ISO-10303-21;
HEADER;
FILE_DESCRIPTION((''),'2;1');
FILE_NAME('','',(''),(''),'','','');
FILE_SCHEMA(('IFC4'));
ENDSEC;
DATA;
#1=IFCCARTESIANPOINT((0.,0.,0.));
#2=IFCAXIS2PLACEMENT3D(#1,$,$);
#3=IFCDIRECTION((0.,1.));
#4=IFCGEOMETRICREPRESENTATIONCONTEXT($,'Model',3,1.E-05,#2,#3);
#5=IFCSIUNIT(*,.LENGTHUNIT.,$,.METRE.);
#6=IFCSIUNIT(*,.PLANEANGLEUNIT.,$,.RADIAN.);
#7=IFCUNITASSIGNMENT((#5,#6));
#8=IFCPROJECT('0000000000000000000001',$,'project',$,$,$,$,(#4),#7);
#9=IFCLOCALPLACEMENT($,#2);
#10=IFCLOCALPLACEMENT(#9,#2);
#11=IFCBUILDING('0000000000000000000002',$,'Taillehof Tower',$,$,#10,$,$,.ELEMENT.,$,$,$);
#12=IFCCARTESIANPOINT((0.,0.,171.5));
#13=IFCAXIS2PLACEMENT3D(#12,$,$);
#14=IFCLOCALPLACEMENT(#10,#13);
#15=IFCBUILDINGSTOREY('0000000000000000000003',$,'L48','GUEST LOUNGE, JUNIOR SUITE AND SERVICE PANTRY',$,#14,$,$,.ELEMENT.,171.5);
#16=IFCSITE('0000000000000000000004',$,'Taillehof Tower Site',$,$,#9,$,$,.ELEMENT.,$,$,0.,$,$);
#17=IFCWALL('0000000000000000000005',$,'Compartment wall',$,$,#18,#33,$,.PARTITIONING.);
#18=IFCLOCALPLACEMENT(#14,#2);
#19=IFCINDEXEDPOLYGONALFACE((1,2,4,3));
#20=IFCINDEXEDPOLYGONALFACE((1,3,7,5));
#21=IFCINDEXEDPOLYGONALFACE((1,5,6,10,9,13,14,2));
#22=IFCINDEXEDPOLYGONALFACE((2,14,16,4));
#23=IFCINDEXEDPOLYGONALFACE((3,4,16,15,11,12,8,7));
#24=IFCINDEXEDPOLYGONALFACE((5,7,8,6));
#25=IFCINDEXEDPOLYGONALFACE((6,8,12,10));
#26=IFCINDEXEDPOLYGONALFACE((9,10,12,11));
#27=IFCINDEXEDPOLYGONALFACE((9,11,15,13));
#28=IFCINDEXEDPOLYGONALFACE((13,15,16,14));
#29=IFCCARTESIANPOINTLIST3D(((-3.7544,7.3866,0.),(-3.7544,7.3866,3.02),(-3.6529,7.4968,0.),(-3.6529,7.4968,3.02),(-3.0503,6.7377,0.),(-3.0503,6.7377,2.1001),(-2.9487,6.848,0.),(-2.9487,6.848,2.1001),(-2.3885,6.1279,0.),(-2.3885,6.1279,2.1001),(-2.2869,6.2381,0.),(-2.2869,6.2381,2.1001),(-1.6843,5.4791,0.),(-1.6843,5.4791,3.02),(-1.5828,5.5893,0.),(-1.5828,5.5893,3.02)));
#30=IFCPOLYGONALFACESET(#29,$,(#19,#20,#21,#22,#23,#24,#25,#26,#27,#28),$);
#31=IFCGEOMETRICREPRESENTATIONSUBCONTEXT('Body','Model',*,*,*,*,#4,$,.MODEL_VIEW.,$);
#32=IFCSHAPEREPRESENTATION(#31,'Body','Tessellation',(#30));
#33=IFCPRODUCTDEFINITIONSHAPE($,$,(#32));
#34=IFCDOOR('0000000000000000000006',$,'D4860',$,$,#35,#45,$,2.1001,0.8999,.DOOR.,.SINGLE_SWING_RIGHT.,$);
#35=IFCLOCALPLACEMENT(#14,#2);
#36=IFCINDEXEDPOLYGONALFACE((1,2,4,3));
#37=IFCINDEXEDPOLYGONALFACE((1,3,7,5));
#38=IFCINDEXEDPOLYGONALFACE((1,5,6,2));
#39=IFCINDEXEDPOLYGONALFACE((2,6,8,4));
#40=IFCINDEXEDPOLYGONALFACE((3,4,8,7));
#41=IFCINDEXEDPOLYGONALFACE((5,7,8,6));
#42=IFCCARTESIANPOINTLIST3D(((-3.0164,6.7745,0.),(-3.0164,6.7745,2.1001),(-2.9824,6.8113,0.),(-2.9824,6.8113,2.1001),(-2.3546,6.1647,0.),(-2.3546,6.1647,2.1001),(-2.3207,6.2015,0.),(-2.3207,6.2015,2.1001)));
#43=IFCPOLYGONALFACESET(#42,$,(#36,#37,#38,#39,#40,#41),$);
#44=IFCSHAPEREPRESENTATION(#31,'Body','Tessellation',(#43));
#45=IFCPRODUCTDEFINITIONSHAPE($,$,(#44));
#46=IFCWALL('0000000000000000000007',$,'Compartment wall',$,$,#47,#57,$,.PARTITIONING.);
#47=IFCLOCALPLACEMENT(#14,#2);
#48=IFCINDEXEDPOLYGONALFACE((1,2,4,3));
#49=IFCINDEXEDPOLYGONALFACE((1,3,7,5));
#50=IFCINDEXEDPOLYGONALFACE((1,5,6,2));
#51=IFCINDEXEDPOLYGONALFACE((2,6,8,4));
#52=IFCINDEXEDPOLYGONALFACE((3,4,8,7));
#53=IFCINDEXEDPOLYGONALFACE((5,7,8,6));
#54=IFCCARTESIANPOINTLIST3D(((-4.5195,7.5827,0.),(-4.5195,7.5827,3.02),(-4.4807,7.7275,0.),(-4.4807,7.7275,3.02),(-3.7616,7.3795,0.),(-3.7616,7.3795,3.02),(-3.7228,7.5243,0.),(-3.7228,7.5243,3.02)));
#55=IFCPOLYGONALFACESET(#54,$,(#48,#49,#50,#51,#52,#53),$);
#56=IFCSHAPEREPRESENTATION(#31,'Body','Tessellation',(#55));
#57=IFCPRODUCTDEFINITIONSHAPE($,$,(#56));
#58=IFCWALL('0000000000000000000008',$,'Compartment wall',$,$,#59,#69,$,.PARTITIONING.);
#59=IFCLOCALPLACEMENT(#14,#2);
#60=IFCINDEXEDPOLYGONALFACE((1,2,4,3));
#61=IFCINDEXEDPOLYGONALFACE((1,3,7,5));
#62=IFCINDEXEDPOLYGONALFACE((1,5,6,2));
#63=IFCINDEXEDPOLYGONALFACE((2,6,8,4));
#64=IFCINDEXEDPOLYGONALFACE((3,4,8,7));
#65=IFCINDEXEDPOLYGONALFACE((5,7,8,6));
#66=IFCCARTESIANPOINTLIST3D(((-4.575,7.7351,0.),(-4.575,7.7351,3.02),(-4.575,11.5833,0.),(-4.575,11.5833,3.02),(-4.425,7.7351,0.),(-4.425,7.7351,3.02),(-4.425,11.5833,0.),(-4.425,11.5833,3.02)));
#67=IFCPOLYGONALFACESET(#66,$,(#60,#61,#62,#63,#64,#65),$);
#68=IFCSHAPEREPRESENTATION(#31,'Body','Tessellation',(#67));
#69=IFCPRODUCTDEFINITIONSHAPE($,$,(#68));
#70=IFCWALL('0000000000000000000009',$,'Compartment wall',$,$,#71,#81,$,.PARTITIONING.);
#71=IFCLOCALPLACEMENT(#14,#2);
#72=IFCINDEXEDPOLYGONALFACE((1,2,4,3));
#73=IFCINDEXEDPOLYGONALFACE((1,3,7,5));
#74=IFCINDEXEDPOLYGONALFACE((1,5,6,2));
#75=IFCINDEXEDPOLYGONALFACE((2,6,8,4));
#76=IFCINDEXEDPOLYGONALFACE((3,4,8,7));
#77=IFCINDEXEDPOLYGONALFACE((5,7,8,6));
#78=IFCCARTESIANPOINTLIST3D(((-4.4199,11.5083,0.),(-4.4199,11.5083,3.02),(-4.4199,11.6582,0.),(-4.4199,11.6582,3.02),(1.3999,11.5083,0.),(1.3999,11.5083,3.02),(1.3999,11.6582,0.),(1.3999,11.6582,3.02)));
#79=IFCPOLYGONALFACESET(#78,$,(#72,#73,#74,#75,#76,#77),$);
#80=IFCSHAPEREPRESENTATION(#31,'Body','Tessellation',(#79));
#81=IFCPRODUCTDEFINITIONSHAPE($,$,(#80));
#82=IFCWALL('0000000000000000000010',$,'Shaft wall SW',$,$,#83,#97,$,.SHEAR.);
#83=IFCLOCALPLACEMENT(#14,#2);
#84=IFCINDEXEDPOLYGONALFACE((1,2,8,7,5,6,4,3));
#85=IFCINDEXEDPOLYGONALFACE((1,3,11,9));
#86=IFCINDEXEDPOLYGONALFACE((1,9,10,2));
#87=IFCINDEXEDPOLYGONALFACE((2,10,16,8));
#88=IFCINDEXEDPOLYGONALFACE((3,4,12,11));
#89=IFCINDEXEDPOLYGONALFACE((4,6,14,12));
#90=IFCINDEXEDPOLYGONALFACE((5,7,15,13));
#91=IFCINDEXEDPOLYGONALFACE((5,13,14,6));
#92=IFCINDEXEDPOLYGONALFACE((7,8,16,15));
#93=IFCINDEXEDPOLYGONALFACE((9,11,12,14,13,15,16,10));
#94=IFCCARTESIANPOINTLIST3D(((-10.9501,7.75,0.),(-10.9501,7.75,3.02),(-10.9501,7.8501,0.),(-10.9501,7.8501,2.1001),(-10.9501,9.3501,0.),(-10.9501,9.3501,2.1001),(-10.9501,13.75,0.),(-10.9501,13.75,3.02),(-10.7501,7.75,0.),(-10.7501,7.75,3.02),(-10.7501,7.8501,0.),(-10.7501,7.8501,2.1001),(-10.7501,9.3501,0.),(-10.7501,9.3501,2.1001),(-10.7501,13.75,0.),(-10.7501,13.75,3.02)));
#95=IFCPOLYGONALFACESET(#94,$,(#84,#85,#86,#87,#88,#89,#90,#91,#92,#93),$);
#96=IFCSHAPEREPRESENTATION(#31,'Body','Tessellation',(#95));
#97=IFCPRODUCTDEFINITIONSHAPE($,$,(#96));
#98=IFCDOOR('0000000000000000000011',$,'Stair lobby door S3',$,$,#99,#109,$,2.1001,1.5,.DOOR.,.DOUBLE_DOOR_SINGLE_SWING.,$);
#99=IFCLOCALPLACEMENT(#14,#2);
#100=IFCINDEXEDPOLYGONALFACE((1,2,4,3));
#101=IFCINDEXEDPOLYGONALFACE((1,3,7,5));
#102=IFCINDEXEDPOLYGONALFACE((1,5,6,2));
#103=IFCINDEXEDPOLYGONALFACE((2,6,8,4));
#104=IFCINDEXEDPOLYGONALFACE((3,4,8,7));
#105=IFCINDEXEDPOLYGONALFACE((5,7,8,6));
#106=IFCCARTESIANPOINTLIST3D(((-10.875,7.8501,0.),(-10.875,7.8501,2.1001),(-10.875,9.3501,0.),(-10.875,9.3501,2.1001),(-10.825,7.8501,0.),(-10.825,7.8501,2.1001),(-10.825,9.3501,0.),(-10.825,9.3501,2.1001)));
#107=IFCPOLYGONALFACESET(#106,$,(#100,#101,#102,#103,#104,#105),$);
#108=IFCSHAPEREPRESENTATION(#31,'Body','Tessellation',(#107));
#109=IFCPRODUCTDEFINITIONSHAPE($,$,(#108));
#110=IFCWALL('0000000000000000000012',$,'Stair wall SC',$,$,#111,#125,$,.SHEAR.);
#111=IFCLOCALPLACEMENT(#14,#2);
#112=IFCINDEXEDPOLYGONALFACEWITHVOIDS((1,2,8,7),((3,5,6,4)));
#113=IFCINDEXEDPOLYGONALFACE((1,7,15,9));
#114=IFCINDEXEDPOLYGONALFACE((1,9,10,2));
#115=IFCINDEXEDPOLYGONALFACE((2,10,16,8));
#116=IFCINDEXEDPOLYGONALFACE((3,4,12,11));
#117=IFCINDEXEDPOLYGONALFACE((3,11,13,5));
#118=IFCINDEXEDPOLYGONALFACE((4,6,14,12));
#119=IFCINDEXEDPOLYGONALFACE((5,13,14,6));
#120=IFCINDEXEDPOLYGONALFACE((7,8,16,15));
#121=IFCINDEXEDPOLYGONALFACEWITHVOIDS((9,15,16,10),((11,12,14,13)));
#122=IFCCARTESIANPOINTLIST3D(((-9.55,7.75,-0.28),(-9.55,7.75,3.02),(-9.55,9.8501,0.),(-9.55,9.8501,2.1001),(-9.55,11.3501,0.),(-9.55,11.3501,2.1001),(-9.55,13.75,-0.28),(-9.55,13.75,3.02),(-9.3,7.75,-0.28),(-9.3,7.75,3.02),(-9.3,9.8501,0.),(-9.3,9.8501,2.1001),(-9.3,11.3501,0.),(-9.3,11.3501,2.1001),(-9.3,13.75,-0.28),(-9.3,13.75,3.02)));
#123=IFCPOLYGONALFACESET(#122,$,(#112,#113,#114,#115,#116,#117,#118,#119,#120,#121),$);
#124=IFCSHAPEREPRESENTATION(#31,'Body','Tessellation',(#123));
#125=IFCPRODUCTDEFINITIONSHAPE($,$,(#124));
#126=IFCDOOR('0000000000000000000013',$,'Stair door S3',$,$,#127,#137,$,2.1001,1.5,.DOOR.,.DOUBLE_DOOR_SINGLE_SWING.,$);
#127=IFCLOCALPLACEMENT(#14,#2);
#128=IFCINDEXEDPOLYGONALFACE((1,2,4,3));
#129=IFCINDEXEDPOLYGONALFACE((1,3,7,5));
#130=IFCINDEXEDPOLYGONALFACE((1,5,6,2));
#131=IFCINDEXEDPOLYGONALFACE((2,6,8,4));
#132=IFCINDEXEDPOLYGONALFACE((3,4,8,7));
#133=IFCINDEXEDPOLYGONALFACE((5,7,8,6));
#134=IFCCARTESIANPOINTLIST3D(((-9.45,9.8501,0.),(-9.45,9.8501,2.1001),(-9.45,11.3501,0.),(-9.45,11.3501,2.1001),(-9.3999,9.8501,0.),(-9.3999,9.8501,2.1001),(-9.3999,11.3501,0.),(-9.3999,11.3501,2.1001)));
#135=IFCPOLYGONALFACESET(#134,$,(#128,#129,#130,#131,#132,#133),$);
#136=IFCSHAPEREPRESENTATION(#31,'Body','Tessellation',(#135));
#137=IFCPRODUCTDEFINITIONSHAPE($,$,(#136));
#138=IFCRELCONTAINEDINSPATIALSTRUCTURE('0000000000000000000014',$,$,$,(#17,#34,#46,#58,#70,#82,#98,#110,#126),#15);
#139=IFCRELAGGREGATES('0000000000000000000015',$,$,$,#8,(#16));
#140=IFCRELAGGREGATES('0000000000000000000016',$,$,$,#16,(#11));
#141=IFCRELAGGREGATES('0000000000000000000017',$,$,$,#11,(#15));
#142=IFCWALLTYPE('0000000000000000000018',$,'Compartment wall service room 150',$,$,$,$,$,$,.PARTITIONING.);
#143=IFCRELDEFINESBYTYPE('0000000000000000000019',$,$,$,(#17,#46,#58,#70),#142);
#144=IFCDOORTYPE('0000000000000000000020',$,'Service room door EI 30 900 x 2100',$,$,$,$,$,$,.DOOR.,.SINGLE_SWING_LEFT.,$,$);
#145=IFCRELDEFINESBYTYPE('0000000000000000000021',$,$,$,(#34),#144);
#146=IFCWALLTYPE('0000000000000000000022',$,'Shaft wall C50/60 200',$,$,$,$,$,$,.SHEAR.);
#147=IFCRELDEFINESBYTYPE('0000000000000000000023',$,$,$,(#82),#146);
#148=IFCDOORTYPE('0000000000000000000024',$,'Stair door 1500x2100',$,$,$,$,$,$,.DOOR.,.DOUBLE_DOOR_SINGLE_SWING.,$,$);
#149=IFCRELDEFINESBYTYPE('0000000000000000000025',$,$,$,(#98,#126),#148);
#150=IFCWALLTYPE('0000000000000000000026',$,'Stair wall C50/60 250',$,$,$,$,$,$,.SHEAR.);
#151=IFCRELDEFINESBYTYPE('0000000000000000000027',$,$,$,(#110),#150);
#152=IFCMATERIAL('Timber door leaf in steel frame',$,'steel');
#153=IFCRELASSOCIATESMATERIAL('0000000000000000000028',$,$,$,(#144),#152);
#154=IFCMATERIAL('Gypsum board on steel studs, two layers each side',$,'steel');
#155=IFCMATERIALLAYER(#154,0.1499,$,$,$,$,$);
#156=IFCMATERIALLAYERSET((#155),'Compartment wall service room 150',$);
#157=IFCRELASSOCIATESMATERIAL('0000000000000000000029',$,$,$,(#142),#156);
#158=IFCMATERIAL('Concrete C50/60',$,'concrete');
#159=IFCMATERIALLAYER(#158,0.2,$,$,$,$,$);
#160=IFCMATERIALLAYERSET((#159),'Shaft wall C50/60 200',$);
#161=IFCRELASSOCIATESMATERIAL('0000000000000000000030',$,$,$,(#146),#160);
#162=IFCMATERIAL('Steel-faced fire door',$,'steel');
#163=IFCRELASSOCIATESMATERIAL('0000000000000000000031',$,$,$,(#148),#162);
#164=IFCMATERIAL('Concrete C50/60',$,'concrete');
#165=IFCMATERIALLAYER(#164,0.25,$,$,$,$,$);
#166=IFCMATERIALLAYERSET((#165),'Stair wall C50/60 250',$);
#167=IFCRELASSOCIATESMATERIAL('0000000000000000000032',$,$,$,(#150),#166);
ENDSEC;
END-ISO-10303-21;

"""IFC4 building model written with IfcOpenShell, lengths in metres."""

from ifc_helpers import new_model, si_unit, direction, frame, frame_2d, origin, place, context, subcontext, project, spatial, rectangle, extrude, material, layer, layer_set, type_object, element, fill, save


model = new_model("IFC4")

# Units and contexts
model_context = context("Model", 3, precision=1e-05, world=origin(), true_north=direction((0.0, 1.0)))
body_context = subcontext(model_context, "Body", "Model", "MODEL_VIEW")
ifc_project = project(units=[si_unit("LENGTHUNIT", "METRE"), si_unit("PLANEANGLEUNIT", "RADIAN")], contexts=[model_context])

# Site, building, storey
site_placement = place(None, origin())
site = spatial("IfcSite", under=ifc_project, at=site_placement, Name="Taillehof Tower Site", CompositionType="ELEMENT", RefElevation=0.0)
building_placement = place(site_placement, origin())
building = spatial("IfcBuilding", under=site, at=building_placement, Name="Taillehof Tower", CompositionType="ELEMENT")
storey_placement = place(building_placement, frame((0.0, 0.0, 171.5)))
storey = spatial("IfcBuildingStorey", under=building, at=storey_placement, Name="L48", Description="GUEST LOUNGE, JUNIOR SUITE AND SERVICE PANTRY", CompositionType="ELEMENT", Elevation=171.5)

# Shared definitions
ifc_material_1 = material(Name="Timber door leaf in steel frame", Category="steel")
door_type_1 = type_object("IfcDoorType", Name="Service room door EI 30 900 x 2100", OperationType="SINGLE_SWING_LEFT", PredefinedType="DOOR", material=ifc_material_1)

# Shared definitions
ifc_material_2 = material(Name="Gypsum board on steel studs, two layers each side", Category="steel")
ifc_layer_1 = layer(ifc_material_2, 0.1499)
ifc_layer_set_1 = layer_set([ifc_layer_1], Name="Compartment wall service room 150")
wall_type_1 = type_object("IfcWallType", Name="Compartment wall service room 150", PredefinedType="PARTITIONING", material=ifc_layer_set_1)

# Wall, opening, door
wall_1_placement = place(storey_placement, frame((-1.6335, 5.5342, 0.0), z_axis=(0.0, 0.0, 1.0), x_axis=(-0.735398, 0.677635, 0.0)))
wall_1 = element("IfcWall", 1, at=wall_1_placement, inside=storey, type_object=wall_type_1, Name="Compartment wall", PredefinedType="PARTITIONING", context=body_context, shape_type="SweptSolid", body=[
    extrude(rectangle(XDim=2.8149, YDim=0.1499, at=frame_2d((1.4075, 0.0))), origin(), (0.0, 0.0, 1.0), 3.02),
])
opening_1_placement = place(wall_1_placement, frame((0.9575, 0.0, 0.0)))
opening_1 = element("IfcOpeningElement", 2, at=opening_1_placement, cuts=wall_1, PredefinedType="OPENING", context=body_context, shape_type="SweptSolid", body=[
    extrude(rectangle(XDim=0.8999, YDim=2.1001, at=frame_2d((0.45, 1.05))), frame((0.0, 0.085, 0.0), z_axis=(0.0, -1.0, 0.0), x_axis=(1.0, 0.0, 0.0)), (0.0, 0.0, 1.0), 0.1699),
])
door_1_placement = place(opening_1_placement, origin())
door_1 = element("IfcDoor", 3, at=door_1_placement, inside=storey, type_object=door_type_1, Name="D4860", OperationType="SINGLE_SWING_RIGHT", OverallHeight=2.1001, OverallWidth=0.8999, PredefinedType="DOOR", context=body_context, shape_type="SweptSolid", body=[
    extrude(rectangle(XDim=0.8999, YDim=2.1001, at=frame_2d((0.45, 1.05))), frame((0.0, 0.0249, 0.0), z_axis=(0.0, -1.0, 0.0), x_axis=(1.0, 0.0, 0.0)), (0.0, 0.0, 1.0), 0.05),
])
fill(opening_1, door_1)

# Walls
wall_2_placement = place(storey_placement, frame((-3.7422, 7.4519, 0.0), z_axis=(0.0, 0.0, 1.0), x_axis=(-0.965904, 0.258902, 0.0)))
element("IfcWall", 4, at=wall_2_placement, inside=storey, type_object=wall_type_1, Name="Compartment wall", PredefinedType="PARTITIONING", context=body_context, shape_type="SweptSolid", body=[
    extrude(rectangle(XDim=0.7847, YDim=0.1499, at=frame_2d((0.3923, 0.0))), origin(), (0.0, 0.0, 1.0), 3.02),
])
wall_3_placement = place(storey_placement, frame((-4.5, 7.7351, 0.0), z_axis=(0.0, 0.0, 1.0), x_axis=(0.0, 1.0, 0.0)))
element("IfcWall", 5, at=wall_3_placement, inside=storey, type_object=wall_type_1, Name="Compartment wall", PredefinedType="PARTITIONING", context=body_context, shape_type="SweptSolid", body=[
    extrude(rectangle(XDim=3.8481, YDim=0.1499, at=frame_2d((1.9241, 0.0))), origin(), (0.0, 0.0, 1.0), 3.02),
])
wall_4_placement = place(storey_placement, frame((-4.4199, 11.5833, 0.0), z_axis=(0.0, 0.0, 1.0), x_axis=(1.0, 0.0, 0.0)))
element("IfcWall", 6, at=wall_4_placement, inside=storey, type_object=wall_type_1, Name="Compartment wall", PredefinedType="PARTITIONING", context=body_context, shape_type="SweptSolid", body=[
    extrude(rectangle(XDim=5.8198, YDim=0.1499, at=frame_2d((2.9099, 0.0))), origin(), (0.0, 0.0, 1.0), 3.02),
])

# Walls, openings, doors
ifc_material_3 = material(Name="Concrete C50/60", Category="concrete")
ifc_layer_2 = layer(ifc_material_3, 0.2)
ifc_layer_set_2 = layer_set([ifc_layer_2], Name="Shaft wall C50/60 200")
wall_type_2 = type_object("IfcWallType", Name="Shaft wall C50/60 200", PredefinedType="SHEAR", material=ifc_layer_set_2)
wall_5_placement = place(storey_placement, frame((-10.8501, 7.75, 0.0), z_axis=(0.0, 0.0, 1.0), x_axis=(0.0, 1.0, 0.0)))
wall_5 = element("IfcWall", 7, at=wall_5_placement, inside=storey, type_object=wall_type_2, Name="Shaft wall SW", PredefinedType="SHEAR", context=body_context, shape_type="SweptSolid", body=[
    extrude(rectangle(XDim=6.0, YDim=0.2, at=frame_2d((3.0, 0.0))), origin(), (0.0, 0.0, 1.0), 3.02),
])
opening_2_placement = place(wall_5_placement, frame((0.1001, 0.0, 0.0)))
opening_2 = element("IfcOpeningElement", 8, at=opening_2_placement, cuts=wall_5, PredefinedType="OPENING", context=body_context, shape_type="SweptSolid", body=[
    extrude(rectangle(XDim=1.5, YDim=2.1001, at=frame_2d((0.75, 1.05))), frame((0.0, 0.1099, 0.0), z_axis=(0.0, -1.0, 0.0), x_axis=(1.0, 0.0, 0.0)), (0.0, 0.0, 1.0), 0.22),
])
ifc_material_4 = material(Name="Steel-faced fire door", Category="steel")
door_type_2 = type_object("IfcDoorType", Name="Stair door 1500x2100", OperationType="DOUBLE_DOOR_SINGLE_SWING", PredefinedType="DOOR", material=ifc_material_4)
door_2_placement = place(opening_2_placement, origin())
door_2 = element("IfcDoor", 9, at=door_2_placement, inside=storey, type_object=door_type_2, Name="Stair lobby door S3", OperationType="DOUBLE_DOOR_SINGLE_SWING", OverallHeight=2.1001, OverallWidth=1.5, PredefinedType="DOOR", context=body_context, shape_type="SweptSolid", body=[
    extrude(rectangle(XDim=1.5, YDim=2.1001, at=frame_2d((0.75, 1.05))), frame((0.0, 0.0249, 0.0), z_axis=(0.0, -1.0, 0.0), x_axis=(1.0, 0.0, 0.0)), (0.0, 0.0, 1.0), 0.05),
])
fill(opening_2, door_2)
ifc_material_5 = material(Name="Concrete C50/60", Category="concrete")
ifc_layer_3 = layer(ifc_material_5, 0.25)
ifc_layer_set_3 = layer_set([ifc_layer_3], Name="Stair wall C50/60 250")
wall_type_3 = type_object("IfcWallType", Name="Stair wall C50/60 250", PredefinedType="SHEAR", material=ifc_layer_set_3)
wall_6_placement = place(storey_placement, frame((-9.425, 7.75, -0.28), z_axis=(0.0, 0.0, 1.0), x_axis=(0.0, 1.0, 0.0)))
wall_6 = element("IfcWall", 10, at=wall_6_placement, inside=storey, type_object=wall_type_3, Name="Stair wall SC", PredefinedType="SHEAR", context=body_context, shape_type="SweptSolid", body=[
    extrude(rectangle(XDim=6.0, YDim=0.25, at=frame_2d((3.0, 0.0))), origin(), (0.0, 0.0, 1.0), 3.3),
])
opening_3_placement = place(wall_6_placement, frame((2.1001, 0.0, 0.28)))
opening_3 = element("IfcOpeningElement", 11, at=opening_3_placement, cuts=wall_6, PredefinedType="OPENING", context=body_context, shape_type="SweptSolid", body=[
    extrude(rectangle(XDim=1.5, YDim=2.1001, at=frame_2d((0.75, 1.05))), frame((0.0, 0.135, 0.0), z_axis=(0.0, -1.0, 0.0), x_axis=(1.0, 0.0, 0.0)), (0.0, 0.0, 1.0), 0.27),
])
door_3_placement = place(opening_3_placement, origin())
door_3 = element("IfcDoor", 12, at=door_3_placement, inside=storey, type_object=door_type_2, Name="Stair door S3", OperationType="DOUBLE_DOOR_SINGLE_SWING", OverallHeight=2.1001, OverallWidth=1.5, PredefinedType="DOOR", context=body_context, shape_type="SweptSolid", body=[
    extrude(rectangle(XDim=1.5, YDim=2.1001, at=frame_2d((0.75, 1.05))), frame((0.0, 0.0249, 0.0), z_axis=(0.0, -1.0, 0.0), x_axis=(1.0, 0.0, 0.0)), (0.0, 0.0, 1.0), 0.05),
])
fill(opening_3, door_3)

save(model, "model.ifc")
